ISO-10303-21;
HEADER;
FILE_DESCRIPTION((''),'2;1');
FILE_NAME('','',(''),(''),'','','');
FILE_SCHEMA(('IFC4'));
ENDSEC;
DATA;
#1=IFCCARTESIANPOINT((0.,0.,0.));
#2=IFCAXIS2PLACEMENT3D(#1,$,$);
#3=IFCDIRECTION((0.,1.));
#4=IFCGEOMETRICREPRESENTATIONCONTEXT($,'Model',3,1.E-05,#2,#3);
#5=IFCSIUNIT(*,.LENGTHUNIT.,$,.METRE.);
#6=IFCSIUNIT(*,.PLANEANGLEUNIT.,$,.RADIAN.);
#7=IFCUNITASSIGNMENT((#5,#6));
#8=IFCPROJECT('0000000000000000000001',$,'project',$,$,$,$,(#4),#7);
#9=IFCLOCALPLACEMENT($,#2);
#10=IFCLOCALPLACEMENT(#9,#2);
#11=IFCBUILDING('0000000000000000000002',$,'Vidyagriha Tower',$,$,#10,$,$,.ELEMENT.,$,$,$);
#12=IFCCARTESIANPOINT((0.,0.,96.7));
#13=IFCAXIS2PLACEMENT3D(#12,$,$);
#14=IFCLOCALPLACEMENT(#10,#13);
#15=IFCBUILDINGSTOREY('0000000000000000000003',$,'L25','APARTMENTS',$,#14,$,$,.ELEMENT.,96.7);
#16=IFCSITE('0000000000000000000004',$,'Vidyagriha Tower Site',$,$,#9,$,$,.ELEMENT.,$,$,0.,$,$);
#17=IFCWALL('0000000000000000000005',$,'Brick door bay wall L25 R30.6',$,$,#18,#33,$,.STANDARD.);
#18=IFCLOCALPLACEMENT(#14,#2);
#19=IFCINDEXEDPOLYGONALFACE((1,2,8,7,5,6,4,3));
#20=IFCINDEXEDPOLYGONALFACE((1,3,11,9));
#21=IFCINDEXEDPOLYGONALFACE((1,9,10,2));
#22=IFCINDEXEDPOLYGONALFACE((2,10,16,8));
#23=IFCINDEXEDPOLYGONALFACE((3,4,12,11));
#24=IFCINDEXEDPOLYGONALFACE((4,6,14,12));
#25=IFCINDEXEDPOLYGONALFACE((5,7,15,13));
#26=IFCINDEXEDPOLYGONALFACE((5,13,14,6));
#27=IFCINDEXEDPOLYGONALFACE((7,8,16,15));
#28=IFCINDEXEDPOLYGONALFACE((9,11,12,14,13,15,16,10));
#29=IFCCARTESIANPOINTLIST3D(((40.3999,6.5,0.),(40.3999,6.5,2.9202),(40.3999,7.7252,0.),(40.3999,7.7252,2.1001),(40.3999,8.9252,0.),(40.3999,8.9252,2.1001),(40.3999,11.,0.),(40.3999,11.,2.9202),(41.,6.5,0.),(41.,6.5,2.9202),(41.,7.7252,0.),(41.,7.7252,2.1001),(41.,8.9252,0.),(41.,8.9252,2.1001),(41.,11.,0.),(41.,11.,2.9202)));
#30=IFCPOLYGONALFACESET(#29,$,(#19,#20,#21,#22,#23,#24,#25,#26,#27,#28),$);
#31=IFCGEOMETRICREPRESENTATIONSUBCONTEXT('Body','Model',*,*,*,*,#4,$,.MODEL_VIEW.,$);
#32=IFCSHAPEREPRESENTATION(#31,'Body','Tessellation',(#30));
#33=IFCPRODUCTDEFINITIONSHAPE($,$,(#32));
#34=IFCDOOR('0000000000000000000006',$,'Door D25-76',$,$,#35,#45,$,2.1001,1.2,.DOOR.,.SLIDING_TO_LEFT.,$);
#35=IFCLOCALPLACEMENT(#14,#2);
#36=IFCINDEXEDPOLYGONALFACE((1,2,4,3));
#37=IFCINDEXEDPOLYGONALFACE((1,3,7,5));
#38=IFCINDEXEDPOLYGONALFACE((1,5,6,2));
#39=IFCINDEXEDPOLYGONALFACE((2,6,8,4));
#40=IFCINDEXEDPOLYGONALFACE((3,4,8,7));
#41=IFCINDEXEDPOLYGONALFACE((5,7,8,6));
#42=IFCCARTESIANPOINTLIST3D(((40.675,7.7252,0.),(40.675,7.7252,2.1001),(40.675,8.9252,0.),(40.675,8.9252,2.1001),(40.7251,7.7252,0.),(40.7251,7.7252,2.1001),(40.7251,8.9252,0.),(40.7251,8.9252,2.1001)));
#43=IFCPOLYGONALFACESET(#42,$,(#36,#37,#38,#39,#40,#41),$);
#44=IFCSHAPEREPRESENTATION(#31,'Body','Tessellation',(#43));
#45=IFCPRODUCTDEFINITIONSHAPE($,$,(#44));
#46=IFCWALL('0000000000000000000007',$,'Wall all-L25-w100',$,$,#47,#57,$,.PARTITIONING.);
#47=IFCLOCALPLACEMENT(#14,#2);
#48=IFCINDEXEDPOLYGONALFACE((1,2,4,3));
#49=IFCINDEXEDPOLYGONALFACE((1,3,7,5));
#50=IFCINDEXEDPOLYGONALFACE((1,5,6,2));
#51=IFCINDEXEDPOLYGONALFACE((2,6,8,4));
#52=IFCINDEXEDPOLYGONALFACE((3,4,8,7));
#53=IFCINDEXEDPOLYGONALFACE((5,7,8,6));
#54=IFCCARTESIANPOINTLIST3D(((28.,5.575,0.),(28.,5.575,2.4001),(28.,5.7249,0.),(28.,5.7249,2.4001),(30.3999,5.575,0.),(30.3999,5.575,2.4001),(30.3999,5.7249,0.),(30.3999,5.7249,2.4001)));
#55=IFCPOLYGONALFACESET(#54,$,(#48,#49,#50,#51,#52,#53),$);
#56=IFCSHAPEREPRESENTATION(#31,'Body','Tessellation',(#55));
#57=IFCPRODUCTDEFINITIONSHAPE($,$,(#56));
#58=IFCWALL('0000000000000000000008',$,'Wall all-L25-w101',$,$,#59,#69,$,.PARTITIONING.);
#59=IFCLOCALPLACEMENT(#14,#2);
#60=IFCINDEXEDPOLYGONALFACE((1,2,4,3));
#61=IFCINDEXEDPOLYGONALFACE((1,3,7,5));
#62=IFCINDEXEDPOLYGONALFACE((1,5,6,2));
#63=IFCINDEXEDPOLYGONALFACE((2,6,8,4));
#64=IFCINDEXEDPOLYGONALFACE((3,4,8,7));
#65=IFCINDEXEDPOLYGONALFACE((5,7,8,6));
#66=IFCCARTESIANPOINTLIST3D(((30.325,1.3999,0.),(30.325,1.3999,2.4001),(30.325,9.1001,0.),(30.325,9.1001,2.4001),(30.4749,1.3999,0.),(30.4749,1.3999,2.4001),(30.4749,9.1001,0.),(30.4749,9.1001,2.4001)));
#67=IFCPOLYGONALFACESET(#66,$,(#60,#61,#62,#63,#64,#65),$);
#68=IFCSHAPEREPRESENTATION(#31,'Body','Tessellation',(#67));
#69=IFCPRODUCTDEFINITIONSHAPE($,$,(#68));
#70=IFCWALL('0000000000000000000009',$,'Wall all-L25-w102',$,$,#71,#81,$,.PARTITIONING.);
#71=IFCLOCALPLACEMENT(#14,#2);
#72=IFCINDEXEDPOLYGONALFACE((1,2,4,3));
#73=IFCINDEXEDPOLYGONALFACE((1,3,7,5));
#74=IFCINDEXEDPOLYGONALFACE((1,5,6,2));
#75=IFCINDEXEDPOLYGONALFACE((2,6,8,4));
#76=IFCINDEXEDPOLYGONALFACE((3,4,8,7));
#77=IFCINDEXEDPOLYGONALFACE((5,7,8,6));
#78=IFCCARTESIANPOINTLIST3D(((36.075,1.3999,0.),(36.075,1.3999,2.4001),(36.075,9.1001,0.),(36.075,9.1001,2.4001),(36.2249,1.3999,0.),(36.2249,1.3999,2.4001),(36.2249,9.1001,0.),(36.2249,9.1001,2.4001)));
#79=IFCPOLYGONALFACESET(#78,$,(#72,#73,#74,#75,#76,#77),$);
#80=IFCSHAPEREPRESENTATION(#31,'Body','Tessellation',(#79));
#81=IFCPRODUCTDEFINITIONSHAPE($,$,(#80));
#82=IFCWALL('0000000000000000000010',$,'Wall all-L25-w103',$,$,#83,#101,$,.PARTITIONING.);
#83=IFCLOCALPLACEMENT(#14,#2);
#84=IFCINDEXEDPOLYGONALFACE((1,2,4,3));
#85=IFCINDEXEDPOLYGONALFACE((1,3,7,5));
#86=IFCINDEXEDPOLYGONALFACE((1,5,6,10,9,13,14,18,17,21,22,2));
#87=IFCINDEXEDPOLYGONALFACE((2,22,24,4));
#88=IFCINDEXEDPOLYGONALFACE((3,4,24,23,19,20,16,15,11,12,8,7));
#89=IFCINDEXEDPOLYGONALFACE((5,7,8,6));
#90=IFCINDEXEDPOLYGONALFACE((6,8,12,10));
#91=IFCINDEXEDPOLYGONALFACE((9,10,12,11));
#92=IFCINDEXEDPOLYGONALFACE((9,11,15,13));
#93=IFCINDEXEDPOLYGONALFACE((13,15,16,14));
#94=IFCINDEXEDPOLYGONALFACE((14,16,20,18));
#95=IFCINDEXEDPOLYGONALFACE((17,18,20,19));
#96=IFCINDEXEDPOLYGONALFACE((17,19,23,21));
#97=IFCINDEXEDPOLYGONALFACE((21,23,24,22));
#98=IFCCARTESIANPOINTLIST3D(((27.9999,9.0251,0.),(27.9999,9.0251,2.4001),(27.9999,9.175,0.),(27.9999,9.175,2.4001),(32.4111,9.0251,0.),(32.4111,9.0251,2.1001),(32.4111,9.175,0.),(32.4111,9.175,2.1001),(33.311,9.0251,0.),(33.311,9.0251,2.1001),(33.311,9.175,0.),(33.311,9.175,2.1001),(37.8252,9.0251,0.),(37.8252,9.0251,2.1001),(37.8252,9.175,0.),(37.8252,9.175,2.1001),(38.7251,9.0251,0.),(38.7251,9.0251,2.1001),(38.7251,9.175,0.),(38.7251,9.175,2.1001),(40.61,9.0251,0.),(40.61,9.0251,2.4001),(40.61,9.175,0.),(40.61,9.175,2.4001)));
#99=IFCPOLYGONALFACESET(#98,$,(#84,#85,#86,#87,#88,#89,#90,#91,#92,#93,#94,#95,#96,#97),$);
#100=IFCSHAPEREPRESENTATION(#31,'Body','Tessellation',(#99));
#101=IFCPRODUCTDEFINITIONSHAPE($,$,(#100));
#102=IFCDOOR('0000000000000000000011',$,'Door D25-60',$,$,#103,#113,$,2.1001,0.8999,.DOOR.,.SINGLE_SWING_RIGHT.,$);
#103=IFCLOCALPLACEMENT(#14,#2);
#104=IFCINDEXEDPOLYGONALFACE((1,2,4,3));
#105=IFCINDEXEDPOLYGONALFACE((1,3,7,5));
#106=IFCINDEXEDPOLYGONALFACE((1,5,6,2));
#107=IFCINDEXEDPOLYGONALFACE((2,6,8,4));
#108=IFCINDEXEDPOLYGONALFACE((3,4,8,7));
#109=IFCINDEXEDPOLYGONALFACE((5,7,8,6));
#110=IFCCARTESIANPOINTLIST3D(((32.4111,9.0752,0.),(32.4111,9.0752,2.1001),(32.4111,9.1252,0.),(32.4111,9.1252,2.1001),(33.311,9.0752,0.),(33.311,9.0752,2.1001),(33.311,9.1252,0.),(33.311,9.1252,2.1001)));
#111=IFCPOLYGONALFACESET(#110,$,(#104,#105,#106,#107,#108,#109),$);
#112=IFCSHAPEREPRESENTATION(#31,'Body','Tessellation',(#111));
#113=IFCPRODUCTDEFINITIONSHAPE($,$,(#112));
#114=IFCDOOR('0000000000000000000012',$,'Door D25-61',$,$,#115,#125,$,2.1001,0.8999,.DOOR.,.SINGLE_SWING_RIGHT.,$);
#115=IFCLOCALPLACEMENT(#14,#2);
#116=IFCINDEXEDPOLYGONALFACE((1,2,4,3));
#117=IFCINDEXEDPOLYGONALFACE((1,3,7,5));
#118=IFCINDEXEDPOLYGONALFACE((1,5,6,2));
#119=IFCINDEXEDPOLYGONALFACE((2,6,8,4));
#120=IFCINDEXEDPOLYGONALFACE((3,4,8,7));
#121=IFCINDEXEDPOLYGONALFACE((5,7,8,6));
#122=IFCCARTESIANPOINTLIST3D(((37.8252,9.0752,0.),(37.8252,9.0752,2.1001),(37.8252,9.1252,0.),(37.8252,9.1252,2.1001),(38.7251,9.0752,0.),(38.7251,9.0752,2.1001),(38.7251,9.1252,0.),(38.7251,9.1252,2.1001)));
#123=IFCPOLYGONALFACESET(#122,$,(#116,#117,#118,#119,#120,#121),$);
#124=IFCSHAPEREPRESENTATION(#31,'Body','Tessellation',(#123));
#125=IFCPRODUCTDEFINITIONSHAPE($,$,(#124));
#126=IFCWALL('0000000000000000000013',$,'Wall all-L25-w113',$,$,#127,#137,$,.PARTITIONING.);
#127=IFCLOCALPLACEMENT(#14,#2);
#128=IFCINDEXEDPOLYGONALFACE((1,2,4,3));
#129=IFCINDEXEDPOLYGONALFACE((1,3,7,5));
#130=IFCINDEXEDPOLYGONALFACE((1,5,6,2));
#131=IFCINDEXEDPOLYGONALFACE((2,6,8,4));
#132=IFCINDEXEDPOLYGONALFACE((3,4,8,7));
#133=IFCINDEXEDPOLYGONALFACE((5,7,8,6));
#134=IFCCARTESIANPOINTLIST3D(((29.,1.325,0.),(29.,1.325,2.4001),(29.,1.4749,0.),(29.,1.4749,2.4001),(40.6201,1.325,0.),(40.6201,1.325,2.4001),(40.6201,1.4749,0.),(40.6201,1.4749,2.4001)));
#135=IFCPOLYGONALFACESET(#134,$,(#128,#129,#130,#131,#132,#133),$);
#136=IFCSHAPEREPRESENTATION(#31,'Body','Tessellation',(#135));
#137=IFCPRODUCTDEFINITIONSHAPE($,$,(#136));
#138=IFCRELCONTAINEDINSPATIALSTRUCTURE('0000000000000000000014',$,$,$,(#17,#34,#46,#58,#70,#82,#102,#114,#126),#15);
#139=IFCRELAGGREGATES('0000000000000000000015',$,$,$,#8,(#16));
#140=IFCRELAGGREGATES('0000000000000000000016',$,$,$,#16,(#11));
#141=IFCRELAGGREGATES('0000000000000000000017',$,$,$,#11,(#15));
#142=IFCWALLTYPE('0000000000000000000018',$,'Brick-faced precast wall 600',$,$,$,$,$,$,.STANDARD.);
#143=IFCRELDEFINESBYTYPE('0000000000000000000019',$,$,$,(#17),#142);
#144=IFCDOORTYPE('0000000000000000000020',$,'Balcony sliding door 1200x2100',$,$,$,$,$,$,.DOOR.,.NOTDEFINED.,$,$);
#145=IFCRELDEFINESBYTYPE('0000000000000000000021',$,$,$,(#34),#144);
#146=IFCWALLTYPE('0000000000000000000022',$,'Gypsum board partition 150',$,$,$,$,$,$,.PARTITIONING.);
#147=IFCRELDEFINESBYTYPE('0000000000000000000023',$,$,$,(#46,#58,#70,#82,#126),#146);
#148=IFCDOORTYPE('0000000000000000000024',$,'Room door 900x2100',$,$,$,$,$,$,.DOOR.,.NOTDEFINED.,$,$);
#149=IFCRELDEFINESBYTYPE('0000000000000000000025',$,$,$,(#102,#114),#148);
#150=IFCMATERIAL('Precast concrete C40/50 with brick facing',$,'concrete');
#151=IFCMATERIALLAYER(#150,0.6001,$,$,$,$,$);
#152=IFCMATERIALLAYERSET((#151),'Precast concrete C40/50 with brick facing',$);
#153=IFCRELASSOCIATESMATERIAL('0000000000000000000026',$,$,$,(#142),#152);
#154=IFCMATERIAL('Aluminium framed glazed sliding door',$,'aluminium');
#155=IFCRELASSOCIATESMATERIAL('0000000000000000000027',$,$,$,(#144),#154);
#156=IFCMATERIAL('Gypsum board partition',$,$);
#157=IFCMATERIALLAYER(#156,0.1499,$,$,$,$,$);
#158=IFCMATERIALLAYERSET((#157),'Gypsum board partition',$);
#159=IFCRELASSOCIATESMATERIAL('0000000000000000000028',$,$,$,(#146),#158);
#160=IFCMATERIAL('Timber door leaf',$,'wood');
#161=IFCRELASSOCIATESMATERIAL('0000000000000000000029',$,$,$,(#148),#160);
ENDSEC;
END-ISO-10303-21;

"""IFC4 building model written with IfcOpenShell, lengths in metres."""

from ifc_helpers import new_model, si_unit, direction, frame, frame_2d, origin, place, context, subcontext, project, spatial, rectangle, extrude, material, layer, layer_set, type_object, element, fill, save


model = new_model("IFC4")

# Units and contexts
model_context = context("Model", 3, precision=1e-05, world=origin(), true_north=direction((0.0, 1.0)))
body_context = subcontext(model_context, "Body", "Model", "MODEL_VIEW")
ifc_project = project(units=[si_unit("LENGTHUNIT", "METRE"), si_unit("PLANEANGLEUNIT", "RADIAN")], contexts=[model_context])

# Site, building, storey
site_placement = place(None, origin())
site = spatial("IfcSite", under=ifc_project, at=site_placement, Name="Vidyagriha Tower Site", CompositionType="ELEMENT", RefElevation=0.0)
building_placement = place(site_placement, origin())
building = spatial("IfcBuilding", under=site, at=building_placement, Name="Vidyagriha Tower", CompositionType="ELEMENT")
storey_placement = place(building_placement, frame((0.0, 0.0, 96.7)))
storey = spatial("IfcBuildingStorey", under=building, at=storey_placement, Name="L25", Description="APARTMENTS", CompositionType="ELEMENT", Elevation=96.7)

# Wall, opening, door
ifc_material_1 = material(Name="Precast concrete C40/50 with brick facing", Category="concrete")
ifc_layer_1 = layer(ifc_material_1, 0.6001)
ifc_layer_set_1 = layer_set([ifc_layer_1], Name="Precast concrete C40/50 with brick facing")
wall_type_1 = type_object("IfcWallType", Name="Brick-faced precast wall 600", PredefinedType="STANDARD", material=ifc_layer_set_1)
wall_1_placement = place(storey_placement, frame((40.7, 6.5, 0.0), z_axis=(0.0, 0.0, 1.0), x_axis=(0.0, 1.0, 0.0)))
wall_1 = element("IfcWall", 1, at=wall_1_placement, inside=storey, type_object=wall_type_1, Name="Brick door bay wall L25 R30.6", PredefinedType="STANDARD", context=body_context, shape_type="SweptSolid", body=[
    extrude(rectangle(XDim=4.5, YDim=0.6001, at=frame_2d((2.25, 0.0))), origin(), (0.0, 0.0, 1.0), 2.9202),
])
opening_1_placement = place(wall_1_placement, frame((1.2251, 0.0, 0.0)))
opening_1 = element("IfcOpeningElement", 2, at=opening_1_placement, cuts=wall_1, PredefinedType="OPENING", context=body_context, shape_type="SweptSolid", body=[
    extrude(rectangle(XDim=1.2, YDim=2.1001, at=frame_2d((0.6001, 1.05))), frame((0.0, 0.3101, 0.0), z_axis=(0.0, -1.0, 0.0), x_axis=(1.0, 0.0, 0.0)), (0.0, 0.0, 1.0), 0.6201),
])
ifc_material_2 = material(Name="Aluminium framed glazed sliding door", Category="aluminium")
door_type_1 = type_object("IfcDoorType", Name="Balcony sliding door 1200x2100", OperationType="NOTDEFINED", PredefinedType="DOOR", material=ifc_material_2)
door_1_placement = place(opening_1_placement, origin())
door_1 = element("IfcDoor", 3, at=door_1_placement, inside=storey, type_object=door_type_1, Name="Door D25-76", OperationType="SLIDING_TO_LEFT", OverallHeight=2.1001, OverallWidth=1.2, PredefinedType="DOOR", context=body_context, shape_type="SweptSolid", body=[
    extrude(rectangle(XDim=1.2, YDim=2.1001, at=frame_2d((0.6001, 1.05))), frame((0.0, 0.0249, 0.0), z_axis=(0.0, -1.0, 0.0), x_axis=(1.0, 0.0, 0.0)), (0.0, 0.0, 1.0), 0.05),
])
fill(opening_1, door_1)

# Walls
ifc_material_3 = material(Name="Gypsum board partition")
ifc_layer_2 = layer(ifc_material_3, 0.1499)
ifc_layer_set_2 = layer_set([ifc_layer_2], Name="Gypsum board partition")
wall_type_2 = type_object("IfcWallType", Name="Gypsum board partition 150", PredefinedType="PARTITIONING", material=ifc_layer_set_2)
wall_2_placement = place(storey_placement, frame((28.0, 5.6499, 0.0)))
element("IfcWall", 4, at=wall_2_placement, inside=storey, type_object=wall_type_2, Name="Wall all-L25-w100", PredefinedType="PARTITIONING", context=body_context, shape_type="SweptSolid", body=[
    extrude(rectangle(XDim=2.3999, YDim=0.1499, at=frame_2d((1.2, 0.0))), origin(), (0.0, 0.0, 1.0), 2.4001),
])
for number, where, z_axis, x_axis, name in (
    (5, (30.3999, 9.1001, 0.0), (0.0, 0.0, 1.0), (0.0, -1.0, 0.0), "Wall all-L25-w101"),
    (6, (36.1499, 9.1001, 0.0), (0.0, 0.0, 1.0), (0.0, -1.0, 0.0), "Wall all-L25-w102"),
):
    element("IfcWall", number, at=place(storey_placement, frame(where, z_axis=z_axis, x_axis=x_axis)), inside=storey, type_object=wall_type_2, Name=name, PredefinedType="PARTITIONING", context=body_context, shape_type="SweptSolid", body=[
        extrude(rectangle(XDim=7.7002, YDim=0.1499, at=frame_2d((3.8501, 0.0))), origin(), (0.0, 0.0, 1.0), 2.4001),
    ])

# Wall, openings, doors
wall_3_placement = place(storey_placement, frame((40.6101, 9.1001, 0.0), z_axis=(0.0, 0.0, 1.0), x_axis=(-1.0, 0.0, 0.0)))
wall_3 = element("IfcWall", 7, at=wall_3_placement, inside=storey, type_object=wall_type_2, Name="Wall all-L25-w103", PredefinedType="PARTITIONING", context=body_context, shape_type="SweptSolid", body=[
    extrude(rectangle(XDim=12.6101, YDim=0.1499, at=frame_2d((6.3052, 0.0))), origin(), (0.0, 0.0, 1.0), 2.4001),
])
opening_2_placement = place(wall_3_placement, frame((7.2991, 0.0, 0.0)))
opening_2 = element("IfcOpeningElement", 8, at=opening_2_placement, cuts=wall_3, PredefinedType="OPENING", context=body_context, shape_type="SweptSolid", body=[
    extrude(rectangle(XDim=0.8999, YDim=2.1001, at=frame_2d((0.45, 1.05))), frame((0.0, 0.085, 0.0), z_axis=(0.0, -1.0, 0.0), x_axis=(1.0, 0.0, 0.0)), (0.0, 0.0, 1.0), 0.1699),
])
opening_3_placement = place(wall_3_placement, frame((1.885, 0.0, 0.0)))
opening_3 = element("IfcOpeningElement", 9, at=opening_3_placement, cuts=wall_3, PredefinedType="OPENING", context=body_context, shape_type="SweptSolid", body=[
    extrude(rectangle(XDim=0.8999, YDim=2.1001, at=frame_2d((0.45, 1.05))), frame((0.0, 0.085, 0.0), z_axis=(0.0, -1.0, 0.0), x_axis=(1.0, 0.0, 0.0)), (0.0, 0.0, 1.0), 0.1699),
])
ifc_material_4 = material(Name="Timber door leaf", Category="wood")
door_type_2 = type_object("IfcDoorType", Name="Room door 900x2100", OperationType="NOTDEFINED", PredefinedType="DOOR", material=ifc_material_4)
door_2_placement = place(opening_2_placement, origin())
door_2 = element("IfcDoor", 10, at=door_2_placement, inside=storey, type_object=door_type_2, Name="Door D25-60", OperationType="SINGLE_SWING_RIGHT", OverallHeight=2.1001, OverallWidth=0.8999, PredefinedType="DOOR", context=body_context, shape_type="SweptSolid", body=[
    extrude(rectangle(XDim=0.8999, YDim=2.1001, at=frame_2d((0.45, 1.05))), frame((0.0, 0.0249, 0.0), z_axis=(0.0, -1.0, 0.0), x_axis=(1.0, 0.0, 0.0)), (0.0, 0.0, 1.0), 0.05),
])
fill(opening_2, door_2)
door_3_placement = place(opening_3_placement, origin())
door_3 = element("IfcDoor", 11, at=door_3_placement, inside=storey, type_object=door_type_2, Name="Door D25-61", OperationType="SINGLE_SWING_RIGHT", OverallHeight=2.1001, OverallWidth=0.8999, PredefinedType="DOOR", context=body_context, shape_type="SweptSolid", body=[
    extrude(rectangle(XDim=0.8999, YDim=2.1001, at=frame_2d((0.45, 1.05))), frame((0.0, 0.0249, 0.0), z_axis=(0.0, -1.0, 0.0), x_axis=(1.0, 0.0, 0.0)), (0.0, 0.0, 1.0), 0.05),
])
fill(opening_3, door_3)

# Wall
wall_4_placement = place(storey_placement, frame((29.0, 1.3999, 0.0)))
element("IfcWall", 12, at=wall_4_placement, inside=storey, type_object=wall_type_2, Name="Wall all-L25-w113", PredefinedType="PARTITIONING", context=body_context, shape_type="SweptSolid", body=[
    extrude(rectangle(XDim=11.6201, YDim=0.1499, at=frame_2d((5.8101, 0.0))), origin(), (0.0, 0.0, 1.0), 2.4001),
])

save(model, "model.ifc")
